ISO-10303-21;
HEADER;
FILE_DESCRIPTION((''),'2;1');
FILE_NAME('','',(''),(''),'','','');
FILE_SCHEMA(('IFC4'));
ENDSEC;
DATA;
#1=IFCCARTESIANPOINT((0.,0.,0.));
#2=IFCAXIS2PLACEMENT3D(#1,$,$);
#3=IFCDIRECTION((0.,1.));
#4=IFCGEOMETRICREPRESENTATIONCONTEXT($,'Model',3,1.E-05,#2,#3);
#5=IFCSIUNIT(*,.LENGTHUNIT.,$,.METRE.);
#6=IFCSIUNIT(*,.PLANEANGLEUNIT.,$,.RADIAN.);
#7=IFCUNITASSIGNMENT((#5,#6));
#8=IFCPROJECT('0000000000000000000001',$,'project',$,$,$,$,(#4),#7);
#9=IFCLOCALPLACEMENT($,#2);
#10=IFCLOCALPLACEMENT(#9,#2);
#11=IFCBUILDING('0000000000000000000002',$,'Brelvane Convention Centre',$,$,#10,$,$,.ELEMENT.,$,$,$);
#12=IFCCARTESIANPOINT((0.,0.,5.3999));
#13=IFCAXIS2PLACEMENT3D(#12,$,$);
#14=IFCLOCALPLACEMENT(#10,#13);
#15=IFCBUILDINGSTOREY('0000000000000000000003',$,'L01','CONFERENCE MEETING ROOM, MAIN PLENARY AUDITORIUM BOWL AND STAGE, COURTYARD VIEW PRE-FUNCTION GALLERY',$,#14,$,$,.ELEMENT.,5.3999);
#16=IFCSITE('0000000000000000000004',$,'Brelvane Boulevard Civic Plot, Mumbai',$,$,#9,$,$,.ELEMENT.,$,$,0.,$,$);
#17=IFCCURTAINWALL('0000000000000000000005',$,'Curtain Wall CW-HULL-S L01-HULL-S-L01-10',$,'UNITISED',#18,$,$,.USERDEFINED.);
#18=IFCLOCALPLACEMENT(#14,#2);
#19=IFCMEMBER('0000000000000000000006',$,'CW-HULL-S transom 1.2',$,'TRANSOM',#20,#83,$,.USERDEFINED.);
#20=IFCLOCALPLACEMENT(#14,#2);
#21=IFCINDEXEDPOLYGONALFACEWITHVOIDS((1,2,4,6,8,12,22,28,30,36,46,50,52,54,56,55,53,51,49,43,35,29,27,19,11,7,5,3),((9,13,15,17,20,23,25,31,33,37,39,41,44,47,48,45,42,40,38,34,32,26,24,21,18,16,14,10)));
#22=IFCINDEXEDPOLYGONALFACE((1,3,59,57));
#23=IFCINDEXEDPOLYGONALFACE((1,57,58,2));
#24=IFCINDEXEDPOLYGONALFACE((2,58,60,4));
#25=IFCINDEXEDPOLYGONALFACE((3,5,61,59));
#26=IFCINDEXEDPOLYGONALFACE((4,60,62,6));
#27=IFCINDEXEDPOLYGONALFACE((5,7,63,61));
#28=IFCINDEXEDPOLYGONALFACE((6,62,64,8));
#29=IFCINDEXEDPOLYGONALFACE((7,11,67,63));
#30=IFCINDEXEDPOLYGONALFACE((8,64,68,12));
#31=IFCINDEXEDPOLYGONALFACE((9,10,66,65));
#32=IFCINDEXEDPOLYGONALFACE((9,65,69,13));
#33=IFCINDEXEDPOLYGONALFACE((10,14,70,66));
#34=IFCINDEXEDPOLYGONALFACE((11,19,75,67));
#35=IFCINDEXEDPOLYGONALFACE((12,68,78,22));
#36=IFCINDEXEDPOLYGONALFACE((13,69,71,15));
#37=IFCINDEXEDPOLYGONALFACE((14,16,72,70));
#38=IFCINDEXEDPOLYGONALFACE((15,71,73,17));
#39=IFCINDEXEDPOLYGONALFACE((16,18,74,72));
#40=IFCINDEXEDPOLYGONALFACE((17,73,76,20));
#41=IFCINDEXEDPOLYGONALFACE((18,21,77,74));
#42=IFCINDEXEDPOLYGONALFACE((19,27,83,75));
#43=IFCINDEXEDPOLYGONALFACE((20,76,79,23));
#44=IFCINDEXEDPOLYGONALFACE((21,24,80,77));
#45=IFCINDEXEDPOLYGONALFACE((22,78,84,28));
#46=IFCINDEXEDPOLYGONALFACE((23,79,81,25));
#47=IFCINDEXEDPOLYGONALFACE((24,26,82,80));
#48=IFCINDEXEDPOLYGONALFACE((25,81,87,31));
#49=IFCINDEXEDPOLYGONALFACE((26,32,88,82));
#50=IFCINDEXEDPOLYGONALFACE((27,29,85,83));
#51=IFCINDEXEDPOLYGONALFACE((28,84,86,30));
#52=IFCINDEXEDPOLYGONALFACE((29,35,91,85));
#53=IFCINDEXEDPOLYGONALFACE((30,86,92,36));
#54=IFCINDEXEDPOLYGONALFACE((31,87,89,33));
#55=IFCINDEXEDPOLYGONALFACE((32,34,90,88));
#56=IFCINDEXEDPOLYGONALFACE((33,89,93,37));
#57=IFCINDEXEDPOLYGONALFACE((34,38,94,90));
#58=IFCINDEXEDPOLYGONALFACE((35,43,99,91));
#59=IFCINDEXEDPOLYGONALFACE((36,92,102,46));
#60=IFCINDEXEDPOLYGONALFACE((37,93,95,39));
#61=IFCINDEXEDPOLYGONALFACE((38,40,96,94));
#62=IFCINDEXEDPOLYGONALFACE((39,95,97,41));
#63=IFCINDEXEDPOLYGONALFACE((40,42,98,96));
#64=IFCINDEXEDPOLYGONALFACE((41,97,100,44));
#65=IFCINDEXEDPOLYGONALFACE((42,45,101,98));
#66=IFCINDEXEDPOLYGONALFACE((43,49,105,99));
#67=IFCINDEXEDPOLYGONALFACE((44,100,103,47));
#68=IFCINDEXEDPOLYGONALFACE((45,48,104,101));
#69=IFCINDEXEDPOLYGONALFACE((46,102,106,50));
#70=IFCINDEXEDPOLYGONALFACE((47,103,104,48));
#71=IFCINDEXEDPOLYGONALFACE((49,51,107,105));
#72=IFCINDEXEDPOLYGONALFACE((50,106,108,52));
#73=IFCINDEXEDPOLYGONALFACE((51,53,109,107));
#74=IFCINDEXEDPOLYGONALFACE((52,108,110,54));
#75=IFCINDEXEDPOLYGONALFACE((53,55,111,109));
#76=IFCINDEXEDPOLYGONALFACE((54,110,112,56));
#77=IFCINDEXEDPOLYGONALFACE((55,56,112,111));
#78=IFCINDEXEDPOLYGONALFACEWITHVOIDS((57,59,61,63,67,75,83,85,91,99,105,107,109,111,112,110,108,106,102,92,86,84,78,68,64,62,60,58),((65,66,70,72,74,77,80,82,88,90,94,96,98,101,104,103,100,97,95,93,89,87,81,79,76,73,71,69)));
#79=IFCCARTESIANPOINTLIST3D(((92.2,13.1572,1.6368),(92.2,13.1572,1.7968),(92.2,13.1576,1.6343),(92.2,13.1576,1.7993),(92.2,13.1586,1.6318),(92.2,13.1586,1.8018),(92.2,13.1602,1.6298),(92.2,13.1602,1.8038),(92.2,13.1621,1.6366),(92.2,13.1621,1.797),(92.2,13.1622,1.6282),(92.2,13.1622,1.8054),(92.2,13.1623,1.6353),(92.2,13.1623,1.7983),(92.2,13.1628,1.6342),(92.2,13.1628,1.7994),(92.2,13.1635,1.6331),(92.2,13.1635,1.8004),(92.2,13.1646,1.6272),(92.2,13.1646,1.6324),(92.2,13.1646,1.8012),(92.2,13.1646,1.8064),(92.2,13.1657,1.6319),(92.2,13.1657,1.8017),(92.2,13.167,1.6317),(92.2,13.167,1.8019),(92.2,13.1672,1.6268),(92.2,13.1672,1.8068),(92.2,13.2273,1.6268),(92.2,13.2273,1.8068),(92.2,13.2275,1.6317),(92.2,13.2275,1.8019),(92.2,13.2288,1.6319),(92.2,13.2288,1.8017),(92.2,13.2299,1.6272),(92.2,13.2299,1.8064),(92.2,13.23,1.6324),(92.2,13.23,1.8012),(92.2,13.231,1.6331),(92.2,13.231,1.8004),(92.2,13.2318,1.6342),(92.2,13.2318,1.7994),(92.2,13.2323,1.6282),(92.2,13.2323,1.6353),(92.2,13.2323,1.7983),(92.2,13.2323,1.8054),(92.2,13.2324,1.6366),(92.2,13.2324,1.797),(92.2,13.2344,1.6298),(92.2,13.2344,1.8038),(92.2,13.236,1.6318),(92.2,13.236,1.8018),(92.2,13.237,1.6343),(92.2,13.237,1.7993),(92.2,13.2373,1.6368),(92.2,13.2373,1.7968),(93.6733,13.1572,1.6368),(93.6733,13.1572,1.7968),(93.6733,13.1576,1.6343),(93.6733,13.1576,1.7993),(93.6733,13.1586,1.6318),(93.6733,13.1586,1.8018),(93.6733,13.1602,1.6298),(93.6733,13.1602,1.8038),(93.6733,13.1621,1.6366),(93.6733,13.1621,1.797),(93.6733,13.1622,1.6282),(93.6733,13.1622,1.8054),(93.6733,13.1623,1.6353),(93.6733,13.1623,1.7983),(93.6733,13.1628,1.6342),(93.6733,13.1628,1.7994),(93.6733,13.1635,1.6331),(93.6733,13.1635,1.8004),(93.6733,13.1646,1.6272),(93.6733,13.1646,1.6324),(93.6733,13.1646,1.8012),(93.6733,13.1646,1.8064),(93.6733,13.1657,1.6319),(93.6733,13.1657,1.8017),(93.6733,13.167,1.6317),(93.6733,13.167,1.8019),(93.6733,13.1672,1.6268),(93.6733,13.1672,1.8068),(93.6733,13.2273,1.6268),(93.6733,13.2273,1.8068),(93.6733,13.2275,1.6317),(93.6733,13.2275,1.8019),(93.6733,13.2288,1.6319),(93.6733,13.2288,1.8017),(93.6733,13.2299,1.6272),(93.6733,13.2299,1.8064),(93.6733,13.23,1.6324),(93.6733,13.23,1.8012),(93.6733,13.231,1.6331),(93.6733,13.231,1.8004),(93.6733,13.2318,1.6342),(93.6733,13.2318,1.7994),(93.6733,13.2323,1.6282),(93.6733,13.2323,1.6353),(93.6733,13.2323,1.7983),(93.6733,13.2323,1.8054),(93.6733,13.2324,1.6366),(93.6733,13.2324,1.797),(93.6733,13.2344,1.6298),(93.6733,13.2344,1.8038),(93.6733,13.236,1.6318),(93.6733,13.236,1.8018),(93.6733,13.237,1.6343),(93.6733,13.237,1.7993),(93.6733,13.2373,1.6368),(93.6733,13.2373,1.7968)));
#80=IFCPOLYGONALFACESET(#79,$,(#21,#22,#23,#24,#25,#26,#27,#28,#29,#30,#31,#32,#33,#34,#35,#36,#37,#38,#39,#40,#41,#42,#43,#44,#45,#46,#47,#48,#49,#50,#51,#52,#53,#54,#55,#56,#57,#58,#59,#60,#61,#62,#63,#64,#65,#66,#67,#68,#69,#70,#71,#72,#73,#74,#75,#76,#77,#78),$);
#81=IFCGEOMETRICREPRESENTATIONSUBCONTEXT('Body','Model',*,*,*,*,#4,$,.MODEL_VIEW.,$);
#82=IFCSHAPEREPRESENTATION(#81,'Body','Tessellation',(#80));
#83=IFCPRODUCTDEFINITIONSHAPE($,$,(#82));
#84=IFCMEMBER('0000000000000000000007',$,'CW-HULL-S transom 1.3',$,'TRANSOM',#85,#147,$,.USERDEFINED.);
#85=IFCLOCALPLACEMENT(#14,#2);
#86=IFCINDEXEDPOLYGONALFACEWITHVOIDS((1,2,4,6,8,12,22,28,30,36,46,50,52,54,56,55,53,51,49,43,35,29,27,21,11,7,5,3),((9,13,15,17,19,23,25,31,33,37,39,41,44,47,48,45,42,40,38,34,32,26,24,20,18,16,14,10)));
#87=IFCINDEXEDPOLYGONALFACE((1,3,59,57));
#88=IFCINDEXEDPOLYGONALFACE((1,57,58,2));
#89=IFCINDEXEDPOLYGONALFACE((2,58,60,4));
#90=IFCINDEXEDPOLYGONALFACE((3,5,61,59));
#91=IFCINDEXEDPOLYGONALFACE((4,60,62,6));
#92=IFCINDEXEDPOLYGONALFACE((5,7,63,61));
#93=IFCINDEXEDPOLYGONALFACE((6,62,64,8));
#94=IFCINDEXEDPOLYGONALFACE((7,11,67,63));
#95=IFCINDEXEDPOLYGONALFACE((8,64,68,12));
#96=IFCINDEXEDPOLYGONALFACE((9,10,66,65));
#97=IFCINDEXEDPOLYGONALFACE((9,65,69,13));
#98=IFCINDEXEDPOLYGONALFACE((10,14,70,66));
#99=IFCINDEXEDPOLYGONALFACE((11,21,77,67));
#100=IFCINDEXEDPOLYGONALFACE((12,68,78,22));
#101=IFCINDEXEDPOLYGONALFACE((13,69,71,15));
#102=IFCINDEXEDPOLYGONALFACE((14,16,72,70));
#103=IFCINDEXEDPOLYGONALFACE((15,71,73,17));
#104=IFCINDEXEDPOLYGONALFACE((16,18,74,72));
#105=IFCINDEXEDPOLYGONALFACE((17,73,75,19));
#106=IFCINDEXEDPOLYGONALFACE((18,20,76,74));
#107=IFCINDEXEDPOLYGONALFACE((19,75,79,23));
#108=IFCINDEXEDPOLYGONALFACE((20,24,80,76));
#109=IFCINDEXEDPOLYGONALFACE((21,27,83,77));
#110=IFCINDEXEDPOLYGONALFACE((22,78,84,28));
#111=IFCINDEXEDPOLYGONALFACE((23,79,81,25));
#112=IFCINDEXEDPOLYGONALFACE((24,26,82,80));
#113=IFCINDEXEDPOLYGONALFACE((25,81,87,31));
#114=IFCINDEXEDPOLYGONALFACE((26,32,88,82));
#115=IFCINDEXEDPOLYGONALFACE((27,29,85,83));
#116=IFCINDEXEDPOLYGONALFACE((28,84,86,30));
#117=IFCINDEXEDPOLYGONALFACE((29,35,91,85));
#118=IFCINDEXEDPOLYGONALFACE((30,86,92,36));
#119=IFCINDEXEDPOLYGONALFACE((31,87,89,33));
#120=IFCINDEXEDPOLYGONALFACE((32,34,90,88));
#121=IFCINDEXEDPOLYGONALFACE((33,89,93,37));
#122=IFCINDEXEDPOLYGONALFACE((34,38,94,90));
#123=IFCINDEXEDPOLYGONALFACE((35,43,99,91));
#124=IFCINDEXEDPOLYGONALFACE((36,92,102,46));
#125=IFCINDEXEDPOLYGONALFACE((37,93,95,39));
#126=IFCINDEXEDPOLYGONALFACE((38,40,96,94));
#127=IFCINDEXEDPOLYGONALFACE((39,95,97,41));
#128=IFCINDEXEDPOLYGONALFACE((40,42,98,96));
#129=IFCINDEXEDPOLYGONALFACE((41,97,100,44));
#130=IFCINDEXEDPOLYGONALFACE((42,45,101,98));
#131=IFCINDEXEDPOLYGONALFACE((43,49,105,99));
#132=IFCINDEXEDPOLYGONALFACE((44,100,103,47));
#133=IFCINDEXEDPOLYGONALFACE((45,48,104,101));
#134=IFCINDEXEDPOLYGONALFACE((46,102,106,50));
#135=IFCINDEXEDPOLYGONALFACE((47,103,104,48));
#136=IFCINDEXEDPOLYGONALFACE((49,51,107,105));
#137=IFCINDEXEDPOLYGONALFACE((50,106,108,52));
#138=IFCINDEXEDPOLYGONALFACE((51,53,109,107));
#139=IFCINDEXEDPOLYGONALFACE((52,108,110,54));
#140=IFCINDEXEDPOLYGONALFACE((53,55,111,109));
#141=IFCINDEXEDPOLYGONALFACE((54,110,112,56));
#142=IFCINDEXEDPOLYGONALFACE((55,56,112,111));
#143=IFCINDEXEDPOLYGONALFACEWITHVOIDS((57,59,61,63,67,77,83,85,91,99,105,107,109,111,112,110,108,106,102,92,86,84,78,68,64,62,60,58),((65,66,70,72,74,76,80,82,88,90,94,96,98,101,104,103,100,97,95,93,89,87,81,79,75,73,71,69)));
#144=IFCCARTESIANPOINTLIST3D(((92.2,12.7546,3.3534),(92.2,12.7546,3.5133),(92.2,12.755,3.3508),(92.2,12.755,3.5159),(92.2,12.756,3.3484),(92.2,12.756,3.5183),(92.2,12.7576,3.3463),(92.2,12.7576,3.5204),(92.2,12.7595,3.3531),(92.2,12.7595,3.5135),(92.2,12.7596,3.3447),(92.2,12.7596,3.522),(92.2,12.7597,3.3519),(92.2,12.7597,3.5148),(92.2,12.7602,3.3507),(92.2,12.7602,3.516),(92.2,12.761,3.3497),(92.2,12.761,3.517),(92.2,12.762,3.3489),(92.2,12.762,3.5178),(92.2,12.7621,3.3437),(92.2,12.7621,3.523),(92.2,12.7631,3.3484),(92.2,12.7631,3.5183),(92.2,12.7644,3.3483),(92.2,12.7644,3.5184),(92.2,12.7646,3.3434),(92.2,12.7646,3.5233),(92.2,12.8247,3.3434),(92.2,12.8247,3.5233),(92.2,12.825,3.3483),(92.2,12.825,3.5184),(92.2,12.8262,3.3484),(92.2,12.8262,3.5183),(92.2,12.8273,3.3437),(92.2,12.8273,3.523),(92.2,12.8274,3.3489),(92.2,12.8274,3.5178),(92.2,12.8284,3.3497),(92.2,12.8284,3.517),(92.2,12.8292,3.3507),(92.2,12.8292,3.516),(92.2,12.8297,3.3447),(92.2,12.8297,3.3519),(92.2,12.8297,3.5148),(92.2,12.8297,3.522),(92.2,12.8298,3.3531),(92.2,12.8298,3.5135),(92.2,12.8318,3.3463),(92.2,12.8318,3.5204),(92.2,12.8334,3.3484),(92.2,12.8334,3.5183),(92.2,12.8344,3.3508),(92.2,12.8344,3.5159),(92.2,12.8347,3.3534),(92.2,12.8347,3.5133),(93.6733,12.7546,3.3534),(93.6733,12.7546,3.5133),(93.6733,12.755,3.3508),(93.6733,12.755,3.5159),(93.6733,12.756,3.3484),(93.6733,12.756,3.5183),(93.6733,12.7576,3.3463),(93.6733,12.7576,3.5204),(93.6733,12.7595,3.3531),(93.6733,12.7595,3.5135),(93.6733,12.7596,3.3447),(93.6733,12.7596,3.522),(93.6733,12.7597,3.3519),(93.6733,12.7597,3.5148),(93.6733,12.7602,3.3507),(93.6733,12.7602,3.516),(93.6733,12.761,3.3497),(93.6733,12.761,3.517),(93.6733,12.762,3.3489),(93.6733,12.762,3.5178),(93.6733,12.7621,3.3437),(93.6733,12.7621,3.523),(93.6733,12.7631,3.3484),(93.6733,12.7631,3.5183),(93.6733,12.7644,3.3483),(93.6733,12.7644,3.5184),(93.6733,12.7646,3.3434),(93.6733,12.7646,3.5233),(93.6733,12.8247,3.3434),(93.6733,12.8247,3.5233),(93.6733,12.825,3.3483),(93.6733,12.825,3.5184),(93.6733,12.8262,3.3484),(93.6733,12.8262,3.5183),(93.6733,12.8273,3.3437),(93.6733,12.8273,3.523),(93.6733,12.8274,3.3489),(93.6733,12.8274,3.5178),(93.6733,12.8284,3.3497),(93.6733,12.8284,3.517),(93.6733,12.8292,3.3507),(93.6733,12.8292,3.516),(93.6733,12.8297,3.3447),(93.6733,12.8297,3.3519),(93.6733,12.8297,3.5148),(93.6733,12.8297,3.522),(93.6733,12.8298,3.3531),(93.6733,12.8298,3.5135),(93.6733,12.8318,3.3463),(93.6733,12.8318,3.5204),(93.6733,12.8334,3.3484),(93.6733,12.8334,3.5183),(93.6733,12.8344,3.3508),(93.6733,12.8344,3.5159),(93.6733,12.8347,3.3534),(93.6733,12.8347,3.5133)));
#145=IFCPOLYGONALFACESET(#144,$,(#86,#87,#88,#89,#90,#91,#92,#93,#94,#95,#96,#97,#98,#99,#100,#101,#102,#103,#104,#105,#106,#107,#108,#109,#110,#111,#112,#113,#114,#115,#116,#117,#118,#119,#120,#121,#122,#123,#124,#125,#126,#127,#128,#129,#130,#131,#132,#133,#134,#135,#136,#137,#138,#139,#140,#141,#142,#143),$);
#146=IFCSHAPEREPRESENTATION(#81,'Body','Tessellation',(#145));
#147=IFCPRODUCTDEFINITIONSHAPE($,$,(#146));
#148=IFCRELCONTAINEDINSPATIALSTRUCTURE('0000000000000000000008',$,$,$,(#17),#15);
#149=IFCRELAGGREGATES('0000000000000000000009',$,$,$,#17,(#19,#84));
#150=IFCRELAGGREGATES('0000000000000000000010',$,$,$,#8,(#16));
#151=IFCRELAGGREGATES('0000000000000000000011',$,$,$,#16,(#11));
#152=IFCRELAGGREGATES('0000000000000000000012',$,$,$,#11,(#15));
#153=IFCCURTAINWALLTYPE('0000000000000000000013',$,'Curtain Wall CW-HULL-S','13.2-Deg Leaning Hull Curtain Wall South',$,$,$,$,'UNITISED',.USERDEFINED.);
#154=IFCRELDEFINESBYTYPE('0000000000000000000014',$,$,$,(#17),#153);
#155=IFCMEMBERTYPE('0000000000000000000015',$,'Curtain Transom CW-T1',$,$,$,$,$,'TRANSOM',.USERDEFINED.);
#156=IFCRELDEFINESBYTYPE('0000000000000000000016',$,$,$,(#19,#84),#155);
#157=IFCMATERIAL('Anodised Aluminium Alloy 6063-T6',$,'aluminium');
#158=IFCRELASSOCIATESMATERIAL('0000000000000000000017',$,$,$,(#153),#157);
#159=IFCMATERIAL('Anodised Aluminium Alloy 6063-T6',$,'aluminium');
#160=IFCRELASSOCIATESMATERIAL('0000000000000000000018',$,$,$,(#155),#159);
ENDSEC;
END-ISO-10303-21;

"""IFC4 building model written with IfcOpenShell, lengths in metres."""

from ifc_helpers import new_model, si_unit, direction, frame, origin, origin_2d, place, context, subcontext, project, spatial, hollow_rectangle, extrude, material, material_profile, profile_set, type_object, element, aggregate, save


model = new_model("IFC4")

# Units and contexts
model_context = context("Model", 3, precision=1e-05, world=origin(), true_north=direction((0.0, 1.0)))
body_context = subcontext(model_context, "Body", "Model", "MODEL_VIEW")
ifc_project = project(units=[si_unit("LENGTHUNIT", "METRE"), si_unit("PLANEANGLEUNIT", "RADIAN")], contexts=[model_context])

# Site, building, storey
site_placement = place(None, origin())
site = spatial("IfcSite", under=ifc_project, at=site_placement, Name="Brelvane Boulevard Civic Plot, Mumbai", CompositionType="ELEMENT", RefElevation=0.0)
building_placement = place(site_placement, origin())
building = spatial("IfcBuilding", under=site, at=building_placement, Name="Brelvane Convention Centre", CompositionType="ELEMENT")
storey_placement = place(building_placement, frame((0.0, 0.0, 5.3999)))
storey = spatial("IfcBuildingStorey", under=building, at=storey_placement, Name="L01", Description="CONFERENCE MEETING ROOM, MAIN PLENARY AUDITORIUM BOWL AND STAGE, COURTYARD VIEW PRE-FUNCTION GALLERY", CompositionType="ELEMENT", Elevation=5.3999)

# Curtain wall, members
ifc_material_1 = material(Name="Anodised Aluminium Alloy 6063-T6", Category="aluminium")
curtain_wall_type = type_object("IfcCurtainWallType", Name="Curtain Wall CW-HULL-S", Description="13.2-Deg Leaning Hull Curtain Wall South", ElementType="UNITISED", PredefinedType="USERDEFINED", material=ifc_material_1)
ifc_material_2 = material(Name="Anodised Aluminium Alloy 6063-T6", Category="aluminium")
ifc_material_profile = material_profile(ifc_material_2, hollow_rectangle(XDim=0.0801, YDim=0.1799, WallThickness=0.0049, InnerFilletRadius=0.0049, OuterFilletRadius=0.01, at=origin_2d()), Name="ALU-T 180x80x5.0")
ifc_profile_set = profile_set([ifc_material_profile], Name="Anodised Aluminium Alloy 6063-T6")
member_type = type_object("IfcMemberType", Name="Curtain Transom CW-T1", ElementType="TRANSOM", PredefinedType="USERDEFINED", material=ifc_profile_set)
curtain_wall_1_placement = place(storey_placement, origin())
curtain_wall_1 = element("IfcCurtainWall", 1, at=curtain_wall_1_placement, inside=storey, type_object=curtain_wall_type, Name="Curtain Wall CW-HULL-S L01-HULL-S-L01-10", ObjectType="UNITISED", PredefinedType="USERDEFINED")
member_1_placement = place(storey_placement, frame((92.2, 13.1973, 1.7168), z_axis=(1.0, 0.0, 0.0), x_axis=(0.0, 1.0, 0.0)))
member_1 = element("IfcMember", 2, at=member_1_placement, type_object=member_type, Name="CW-HULL-S transom 1.2", ObjectType="TRANSOM", PredefinedType="USERDEFINED", context=body_context, shape_type="SweptSolid", body=[
    extrude(hollow_rectangle(XDim=0.0801, YDim=0.1799, WallThickness=0.0049, InnerFilletRadius=0.0049, OuterFilletRadius=0.01, at=origin_2d()), origin(), (0.0, 0.0, 1.0), 1.4734),
])
member_2_placement = place(storey_placement, frame((92.2, 12.7947, 3.4333), z_axis=(1.0, 0.0, 0.0), x_axis=(0.0, 1.0, 0.0)))
member_2 = element("IfcMember", 3, at=member_2_placement, type_object=member_type, Name="CW-HULL-S transom 1.3", ObjectType="TRANSOM", PredefinedType="USERDEFINED", context=body_context, shape_type="SweptSolid", body=[
    extrude(hollow_rectangle(XDim=0.0801, YDim=0.1799, WallThickness=0.0049, InnerFilletRadius=0.0049, OuterFilletRadius=0.01, at=origin_2d()), origin(), (0.0, 0.0, 1.0), 1.4734),
])

aggregate(curtain_wall_1, [member_1, member_2])

save(model, "model.ifc")
